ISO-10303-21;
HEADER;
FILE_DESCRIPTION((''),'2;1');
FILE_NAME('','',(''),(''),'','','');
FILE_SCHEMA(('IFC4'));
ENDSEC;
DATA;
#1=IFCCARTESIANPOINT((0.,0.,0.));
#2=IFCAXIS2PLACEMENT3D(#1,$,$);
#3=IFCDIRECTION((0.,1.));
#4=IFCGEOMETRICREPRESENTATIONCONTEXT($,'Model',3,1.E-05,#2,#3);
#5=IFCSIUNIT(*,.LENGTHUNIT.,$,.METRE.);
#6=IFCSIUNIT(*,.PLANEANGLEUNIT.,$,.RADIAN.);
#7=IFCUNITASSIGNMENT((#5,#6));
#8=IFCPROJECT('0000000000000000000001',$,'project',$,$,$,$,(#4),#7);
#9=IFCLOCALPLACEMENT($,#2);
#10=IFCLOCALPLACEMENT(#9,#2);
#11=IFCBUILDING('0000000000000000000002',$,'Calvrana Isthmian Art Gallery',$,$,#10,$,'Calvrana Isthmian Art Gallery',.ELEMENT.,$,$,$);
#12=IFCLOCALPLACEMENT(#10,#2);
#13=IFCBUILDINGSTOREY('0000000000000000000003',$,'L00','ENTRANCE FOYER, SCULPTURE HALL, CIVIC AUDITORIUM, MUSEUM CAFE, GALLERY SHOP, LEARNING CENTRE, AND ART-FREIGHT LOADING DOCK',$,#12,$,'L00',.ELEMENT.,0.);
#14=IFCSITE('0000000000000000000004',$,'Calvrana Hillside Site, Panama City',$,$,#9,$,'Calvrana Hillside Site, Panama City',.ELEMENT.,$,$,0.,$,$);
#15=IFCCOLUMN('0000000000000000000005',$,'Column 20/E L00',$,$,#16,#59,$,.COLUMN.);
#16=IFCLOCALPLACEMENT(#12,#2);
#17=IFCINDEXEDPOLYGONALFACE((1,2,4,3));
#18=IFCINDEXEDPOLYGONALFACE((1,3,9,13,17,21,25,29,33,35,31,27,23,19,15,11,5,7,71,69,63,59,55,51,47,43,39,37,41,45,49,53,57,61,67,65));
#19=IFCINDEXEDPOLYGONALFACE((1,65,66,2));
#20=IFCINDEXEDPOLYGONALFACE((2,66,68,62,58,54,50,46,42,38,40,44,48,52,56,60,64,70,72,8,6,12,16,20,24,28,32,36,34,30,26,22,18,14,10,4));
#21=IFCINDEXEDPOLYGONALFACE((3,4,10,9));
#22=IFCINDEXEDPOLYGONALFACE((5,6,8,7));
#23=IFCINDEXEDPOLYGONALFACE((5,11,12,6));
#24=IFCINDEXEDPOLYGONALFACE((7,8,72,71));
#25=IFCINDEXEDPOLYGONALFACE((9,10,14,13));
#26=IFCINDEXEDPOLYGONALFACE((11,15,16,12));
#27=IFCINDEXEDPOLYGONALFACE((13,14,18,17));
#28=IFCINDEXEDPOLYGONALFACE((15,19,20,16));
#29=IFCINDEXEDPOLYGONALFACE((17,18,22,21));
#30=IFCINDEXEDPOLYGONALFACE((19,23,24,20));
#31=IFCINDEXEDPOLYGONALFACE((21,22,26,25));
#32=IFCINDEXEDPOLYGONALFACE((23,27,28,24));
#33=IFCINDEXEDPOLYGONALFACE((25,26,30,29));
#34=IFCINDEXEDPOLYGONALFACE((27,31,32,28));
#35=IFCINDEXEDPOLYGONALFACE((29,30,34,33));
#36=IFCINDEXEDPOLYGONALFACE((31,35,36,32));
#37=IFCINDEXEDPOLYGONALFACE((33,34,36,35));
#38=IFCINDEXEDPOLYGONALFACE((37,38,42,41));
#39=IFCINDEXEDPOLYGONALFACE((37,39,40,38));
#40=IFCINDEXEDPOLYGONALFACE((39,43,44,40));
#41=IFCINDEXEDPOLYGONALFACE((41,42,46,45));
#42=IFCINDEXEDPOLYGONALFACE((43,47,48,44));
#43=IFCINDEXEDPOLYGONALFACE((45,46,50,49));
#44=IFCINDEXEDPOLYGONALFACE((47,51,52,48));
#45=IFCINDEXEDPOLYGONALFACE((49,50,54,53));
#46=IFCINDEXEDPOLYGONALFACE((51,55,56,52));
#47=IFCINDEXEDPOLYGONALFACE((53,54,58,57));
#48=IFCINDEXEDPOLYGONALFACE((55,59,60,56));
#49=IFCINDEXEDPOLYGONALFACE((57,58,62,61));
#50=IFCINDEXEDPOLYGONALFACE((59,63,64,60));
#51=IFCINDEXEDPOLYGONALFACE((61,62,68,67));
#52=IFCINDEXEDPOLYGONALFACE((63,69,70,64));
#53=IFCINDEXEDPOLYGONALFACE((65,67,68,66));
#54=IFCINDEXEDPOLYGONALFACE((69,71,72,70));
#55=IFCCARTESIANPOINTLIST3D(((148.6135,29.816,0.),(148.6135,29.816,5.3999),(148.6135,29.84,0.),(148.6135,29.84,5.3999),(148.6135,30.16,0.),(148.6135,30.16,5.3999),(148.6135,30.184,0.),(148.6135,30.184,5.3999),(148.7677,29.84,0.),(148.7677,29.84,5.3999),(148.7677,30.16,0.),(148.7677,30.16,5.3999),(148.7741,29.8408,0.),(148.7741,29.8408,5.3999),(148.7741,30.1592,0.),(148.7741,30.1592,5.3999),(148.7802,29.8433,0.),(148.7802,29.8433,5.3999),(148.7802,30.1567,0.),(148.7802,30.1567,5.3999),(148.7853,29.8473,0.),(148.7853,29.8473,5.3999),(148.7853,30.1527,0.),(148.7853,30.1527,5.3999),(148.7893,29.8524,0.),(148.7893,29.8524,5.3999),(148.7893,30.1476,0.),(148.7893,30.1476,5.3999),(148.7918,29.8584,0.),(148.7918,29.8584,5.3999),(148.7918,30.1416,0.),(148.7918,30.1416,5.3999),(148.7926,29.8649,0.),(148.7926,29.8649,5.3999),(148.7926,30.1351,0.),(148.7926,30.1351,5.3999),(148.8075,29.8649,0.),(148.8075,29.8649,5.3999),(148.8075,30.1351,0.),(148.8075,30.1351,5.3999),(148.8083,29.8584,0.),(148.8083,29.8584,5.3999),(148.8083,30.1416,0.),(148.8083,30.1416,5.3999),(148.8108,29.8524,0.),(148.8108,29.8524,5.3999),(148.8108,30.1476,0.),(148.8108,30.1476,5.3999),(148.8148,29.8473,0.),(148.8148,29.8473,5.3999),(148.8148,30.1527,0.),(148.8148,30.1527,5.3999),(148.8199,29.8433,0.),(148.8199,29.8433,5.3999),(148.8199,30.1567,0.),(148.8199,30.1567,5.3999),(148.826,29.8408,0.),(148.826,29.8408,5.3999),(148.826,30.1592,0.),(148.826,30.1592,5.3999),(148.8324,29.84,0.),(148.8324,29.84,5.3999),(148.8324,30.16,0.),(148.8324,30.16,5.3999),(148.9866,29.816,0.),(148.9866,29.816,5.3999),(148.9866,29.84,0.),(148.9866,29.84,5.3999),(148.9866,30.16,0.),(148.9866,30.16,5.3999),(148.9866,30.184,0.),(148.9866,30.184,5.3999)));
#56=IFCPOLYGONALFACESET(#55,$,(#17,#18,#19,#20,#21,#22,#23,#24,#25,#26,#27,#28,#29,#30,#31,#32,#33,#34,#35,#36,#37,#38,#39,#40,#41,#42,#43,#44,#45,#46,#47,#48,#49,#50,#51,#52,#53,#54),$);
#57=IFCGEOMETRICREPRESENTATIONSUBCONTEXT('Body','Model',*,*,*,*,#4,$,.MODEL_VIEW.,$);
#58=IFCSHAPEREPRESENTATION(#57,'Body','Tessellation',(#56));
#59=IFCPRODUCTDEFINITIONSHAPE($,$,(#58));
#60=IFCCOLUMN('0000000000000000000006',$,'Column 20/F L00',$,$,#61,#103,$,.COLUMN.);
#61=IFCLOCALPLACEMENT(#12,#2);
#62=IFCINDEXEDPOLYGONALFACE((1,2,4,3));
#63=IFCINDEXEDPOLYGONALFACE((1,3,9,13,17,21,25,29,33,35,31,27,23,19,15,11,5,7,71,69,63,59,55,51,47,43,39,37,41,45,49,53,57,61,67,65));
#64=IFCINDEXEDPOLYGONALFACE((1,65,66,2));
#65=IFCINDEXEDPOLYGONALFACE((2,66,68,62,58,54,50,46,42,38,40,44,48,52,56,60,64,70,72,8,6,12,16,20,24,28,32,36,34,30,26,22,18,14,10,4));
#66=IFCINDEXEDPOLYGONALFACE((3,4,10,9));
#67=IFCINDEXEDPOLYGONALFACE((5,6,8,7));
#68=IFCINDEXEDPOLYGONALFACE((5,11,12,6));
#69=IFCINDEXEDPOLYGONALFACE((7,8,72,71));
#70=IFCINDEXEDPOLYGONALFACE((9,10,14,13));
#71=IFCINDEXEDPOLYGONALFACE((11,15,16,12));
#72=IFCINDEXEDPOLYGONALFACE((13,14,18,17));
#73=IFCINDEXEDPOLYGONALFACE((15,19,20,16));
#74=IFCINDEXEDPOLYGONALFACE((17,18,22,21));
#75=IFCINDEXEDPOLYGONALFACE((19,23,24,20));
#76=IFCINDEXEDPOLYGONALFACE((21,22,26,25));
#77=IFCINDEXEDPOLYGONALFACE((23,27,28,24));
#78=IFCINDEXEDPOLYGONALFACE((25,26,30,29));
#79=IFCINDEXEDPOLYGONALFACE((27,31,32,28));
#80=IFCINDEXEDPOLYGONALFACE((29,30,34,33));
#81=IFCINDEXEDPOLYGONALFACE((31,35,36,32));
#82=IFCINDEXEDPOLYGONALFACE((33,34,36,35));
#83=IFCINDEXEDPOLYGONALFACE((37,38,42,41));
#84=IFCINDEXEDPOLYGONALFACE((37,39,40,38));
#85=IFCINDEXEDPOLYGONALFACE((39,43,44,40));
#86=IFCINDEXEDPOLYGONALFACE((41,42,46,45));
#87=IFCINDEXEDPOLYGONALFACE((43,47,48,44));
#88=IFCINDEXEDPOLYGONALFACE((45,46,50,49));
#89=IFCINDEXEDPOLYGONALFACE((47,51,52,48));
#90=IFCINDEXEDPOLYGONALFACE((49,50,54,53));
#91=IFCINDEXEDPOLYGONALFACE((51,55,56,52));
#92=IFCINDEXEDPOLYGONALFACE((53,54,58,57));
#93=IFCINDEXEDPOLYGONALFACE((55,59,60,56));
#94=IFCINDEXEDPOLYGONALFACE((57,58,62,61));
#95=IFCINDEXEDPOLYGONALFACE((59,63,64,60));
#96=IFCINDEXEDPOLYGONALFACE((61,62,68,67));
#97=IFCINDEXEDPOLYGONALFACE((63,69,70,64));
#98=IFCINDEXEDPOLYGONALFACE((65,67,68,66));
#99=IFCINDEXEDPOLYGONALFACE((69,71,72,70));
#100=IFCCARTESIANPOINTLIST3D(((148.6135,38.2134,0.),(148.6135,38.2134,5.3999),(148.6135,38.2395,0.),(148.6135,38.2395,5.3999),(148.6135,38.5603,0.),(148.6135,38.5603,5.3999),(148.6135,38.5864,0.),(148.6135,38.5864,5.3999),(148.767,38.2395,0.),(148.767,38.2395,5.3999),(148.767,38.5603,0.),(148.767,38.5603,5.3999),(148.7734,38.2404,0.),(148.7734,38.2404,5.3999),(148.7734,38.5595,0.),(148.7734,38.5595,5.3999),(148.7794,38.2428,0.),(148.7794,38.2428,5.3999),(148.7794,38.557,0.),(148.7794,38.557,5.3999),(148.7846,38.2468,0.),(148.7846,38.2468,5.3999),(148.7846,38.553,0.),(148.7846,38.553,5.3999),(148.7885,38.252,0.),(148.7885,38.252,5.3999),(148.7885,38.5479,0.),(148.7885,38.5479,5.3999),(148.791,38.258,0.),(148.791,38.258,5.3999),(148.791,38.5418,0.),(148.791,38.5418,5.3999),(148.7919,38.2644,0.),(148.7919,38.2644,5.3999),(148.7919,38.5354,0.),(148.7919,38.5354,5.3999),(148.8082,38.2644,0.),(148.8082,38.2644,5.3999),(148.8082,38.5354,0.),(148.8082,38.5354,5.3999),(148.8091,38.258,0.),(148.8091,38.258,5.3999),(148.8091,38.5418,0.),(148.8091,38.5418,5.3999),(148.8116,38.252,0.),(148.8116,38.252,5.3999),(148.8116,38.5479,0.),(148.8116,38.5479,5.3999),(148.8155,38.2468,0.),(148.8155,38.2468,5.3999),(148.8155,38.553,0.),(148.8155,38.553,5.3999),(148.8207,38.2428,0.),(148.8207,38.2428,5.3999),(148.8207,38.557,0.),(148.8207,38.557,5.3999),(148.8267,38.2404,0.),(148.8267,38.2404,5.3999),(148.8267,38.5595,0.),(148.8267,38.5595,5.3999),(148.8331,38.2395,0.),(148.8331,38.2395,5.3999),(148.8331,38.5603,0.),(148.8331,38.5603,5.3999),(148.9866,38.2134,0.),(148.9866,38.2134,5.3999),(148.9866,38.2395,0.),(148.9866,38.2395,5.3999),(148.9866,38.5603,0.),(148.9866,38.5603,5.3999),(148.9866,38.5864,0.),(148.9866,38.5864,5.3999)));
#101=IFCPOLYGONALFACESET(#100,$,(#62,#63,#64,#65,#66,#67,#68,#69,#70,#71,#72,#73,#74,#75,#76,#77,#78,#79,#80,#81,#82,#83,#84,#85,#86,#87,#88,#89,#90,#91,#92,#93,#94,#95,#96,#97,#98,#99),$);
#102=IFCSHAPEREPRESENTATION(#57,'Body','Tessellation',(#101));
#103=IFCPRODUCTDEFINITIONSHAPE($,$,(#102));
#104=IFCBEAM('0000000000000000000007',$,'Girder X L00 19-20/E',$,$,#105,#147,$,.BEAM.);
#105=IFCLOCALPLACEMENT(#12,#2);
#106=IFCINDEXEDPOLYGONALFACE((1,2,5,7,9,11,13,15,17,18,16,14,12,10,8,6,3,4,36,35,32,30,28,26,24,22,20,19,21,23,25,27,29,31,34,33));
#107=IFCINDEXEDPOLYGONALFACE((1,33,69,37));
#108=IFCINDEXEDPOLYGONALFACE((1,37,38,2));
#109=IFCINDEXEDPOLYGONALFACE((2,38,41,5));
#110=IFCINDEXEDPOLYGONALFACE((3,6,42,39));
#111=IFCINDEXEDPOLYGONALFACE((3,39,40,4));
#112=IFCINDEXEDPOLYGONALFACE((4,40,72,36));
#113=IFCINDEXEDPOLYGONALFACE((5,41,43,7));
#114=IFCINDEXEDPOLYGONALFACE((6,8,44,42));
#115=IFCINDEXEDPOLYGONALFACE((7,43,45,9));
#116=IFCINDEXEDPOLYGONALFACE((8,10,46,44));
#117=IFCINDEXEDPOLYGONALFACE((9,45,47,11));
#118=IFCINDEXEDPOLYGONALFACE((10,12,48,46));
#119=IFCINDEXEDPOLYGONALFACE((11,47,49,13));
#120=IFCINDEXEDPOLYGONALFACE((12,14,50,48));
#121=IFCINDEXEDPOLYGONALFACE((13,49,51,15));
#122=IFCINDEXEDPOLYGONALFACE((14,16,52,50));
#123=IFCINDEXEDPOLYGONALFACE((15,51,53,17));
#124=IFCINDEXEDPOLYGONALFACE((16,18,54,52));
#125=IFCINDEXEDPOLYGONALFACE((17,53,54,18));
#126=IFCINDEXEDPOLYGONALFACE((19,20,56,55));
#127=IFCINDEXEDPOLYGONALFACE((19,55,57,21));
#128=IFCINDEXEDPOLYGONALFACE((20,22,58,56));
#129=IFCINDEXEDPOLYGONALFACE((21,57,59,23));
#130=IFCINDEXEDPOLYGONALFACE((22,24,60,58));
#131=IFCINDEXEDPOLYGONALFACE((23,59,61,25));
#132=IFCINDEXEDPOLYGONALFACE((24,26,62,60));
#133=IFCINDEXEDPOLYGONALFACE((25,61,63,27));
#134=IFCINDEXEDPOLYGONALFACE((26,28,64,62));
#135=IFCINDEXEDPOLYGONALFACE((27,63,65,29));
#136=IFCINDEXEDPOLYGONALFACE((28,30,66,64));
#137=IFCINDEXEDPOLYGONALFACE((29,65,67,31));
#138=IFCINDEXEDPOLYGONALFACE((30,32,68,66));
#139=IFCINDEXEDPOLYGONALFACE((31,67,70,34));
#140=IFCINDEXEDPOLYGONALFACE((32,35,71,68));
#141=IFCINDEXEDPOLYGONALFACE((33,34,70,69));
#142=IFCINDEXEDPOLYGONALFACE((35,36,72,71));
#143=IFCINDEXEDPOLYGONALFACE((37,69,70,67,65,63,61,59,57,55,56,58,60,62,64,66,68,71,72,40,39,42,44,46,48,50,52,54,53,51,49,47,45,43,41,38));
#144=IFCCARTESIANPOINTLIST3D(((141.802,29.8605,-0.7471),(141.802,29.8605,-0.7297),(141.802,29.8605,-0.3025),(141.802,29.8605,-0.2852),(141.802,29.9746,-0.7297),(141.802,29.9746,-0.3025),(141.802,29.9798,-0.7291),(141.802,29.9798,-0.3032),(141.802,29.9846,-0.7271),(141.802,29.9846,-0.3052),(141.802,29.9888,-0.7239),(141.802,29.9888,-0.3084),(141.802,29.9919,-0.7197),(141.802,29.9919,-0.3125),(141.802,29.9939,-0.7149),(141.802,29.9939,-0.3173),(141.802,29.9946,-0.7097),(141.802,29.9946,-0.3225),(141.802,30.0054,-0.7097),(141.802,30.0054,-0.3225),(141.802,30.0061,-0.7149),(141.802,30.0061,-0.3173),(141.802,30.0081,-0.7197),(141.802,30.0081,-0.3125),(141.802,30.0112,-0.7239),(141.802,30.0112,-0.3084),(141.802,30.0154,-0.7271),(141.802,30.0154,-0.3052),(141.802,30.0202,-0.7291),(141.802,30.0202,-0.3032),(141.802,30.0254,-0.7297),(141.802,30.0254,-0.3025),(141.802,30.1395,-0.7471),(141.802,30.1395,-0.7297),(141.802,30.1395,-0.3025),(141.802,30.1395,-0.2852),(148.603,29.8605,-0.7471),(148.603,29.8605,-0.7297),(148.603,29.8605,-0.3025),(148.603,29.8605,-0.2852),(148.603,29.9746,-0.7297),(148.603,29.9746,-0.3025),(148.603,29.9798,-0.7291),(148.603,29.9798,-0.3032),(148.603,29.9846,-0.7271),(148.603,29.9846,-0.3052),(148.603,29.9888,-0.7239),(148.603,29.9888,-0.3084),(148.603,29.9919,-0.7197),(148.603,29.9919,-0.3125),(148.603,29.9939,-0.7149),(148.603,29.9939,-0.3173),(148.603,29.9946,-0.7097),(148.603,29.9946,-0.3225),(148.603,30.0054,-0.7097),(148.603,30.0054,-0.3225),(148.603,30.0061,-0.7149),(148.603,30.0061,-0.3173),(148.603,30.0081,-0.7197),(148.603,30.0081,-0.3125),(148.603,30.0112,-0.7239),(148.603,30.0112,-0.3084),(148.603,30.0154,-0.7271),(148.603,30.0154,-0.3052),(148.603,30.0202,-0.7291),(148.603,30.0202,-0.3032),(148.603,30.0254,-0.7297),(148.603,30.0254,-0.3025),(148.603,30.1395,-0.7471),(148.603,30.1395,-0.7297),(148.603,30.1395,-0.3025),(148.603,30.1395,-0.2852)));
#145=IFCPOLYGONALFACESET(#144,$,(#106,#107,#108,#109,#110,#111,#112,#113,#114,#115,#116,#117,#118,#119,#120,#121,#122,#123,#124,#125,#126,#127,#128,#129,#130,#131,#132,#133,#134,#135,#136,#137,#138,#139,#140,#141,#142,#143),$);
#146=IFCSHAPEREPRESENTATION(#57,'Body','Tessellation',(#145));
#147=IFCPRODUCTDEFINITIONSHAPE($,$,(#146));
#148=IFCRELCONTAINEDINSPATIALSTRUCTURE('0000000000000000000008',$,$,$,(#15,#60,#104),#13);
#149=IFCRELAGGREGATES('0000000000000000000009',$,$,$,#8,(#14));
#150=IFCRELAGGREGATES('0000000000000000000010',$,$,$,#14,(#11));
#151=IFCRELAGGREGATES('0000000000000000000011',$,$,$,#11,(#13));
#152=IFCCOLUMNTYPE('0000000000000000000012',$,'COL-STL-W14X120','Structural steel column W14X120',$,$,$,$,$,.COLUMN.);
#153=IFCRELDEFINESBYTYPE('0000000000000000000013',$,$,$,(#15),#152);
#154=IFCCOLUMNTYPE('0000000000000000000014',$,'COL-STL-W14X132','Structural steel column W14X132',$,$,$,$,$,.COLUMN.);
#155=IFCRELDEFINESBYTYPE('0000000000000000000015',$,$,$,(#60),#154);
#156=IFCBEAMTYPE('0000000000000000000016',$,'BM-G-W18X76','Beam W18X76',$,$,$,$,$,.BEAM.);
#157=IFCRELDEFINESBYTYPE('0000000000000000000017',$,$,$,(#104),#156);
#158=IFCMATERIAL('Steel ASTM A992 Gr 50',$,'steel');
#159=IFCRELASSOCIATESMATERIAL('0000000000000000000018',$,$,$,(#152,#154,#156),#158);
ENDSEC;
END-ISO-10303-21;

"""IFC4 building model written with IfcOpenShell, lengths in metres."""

from ifc_helpers import new_model, si_unit, direction, frame, origin, origin_2d, place, context, subcontext, project, spatial, i_section, extrude, material, material_profile, profile_set, type_object, element, save


model = new_model("IFC4")

# Units and contexts
model_context = context("Model", 3, precision=1e-05, world=origin(), true_north=direction((0.0, 1.0)))
body_context = subcontext(model_context, "Body", "Model", "MODEL_VIEW")
ifc_project = project(units=[si_unit("LENGTHUNIT", "METRE"), si_unit("PLANEANGLEUNIT", "RADIAN")], contexts=[model_context])

# Site, building, storey
site_placement = place(None, origin())
site = spatial("IfcSite", under=ifc_project, at=site_placement, Name="Calvrana Hillside Site, Panama City", LongName="Calvrana Hillside Site, Panama City", CompositionType="ELEMENT", RefElevation=0.0)
building_placement = place(site_placement, origin())
building = spatial("IfcBuilding", under=site, at=building_placement, Name="Calvrana Isthmian Art Gallery", LongName="Calvrana Isthmian Art Gallery", CompositionType="ELEMENT")
storey_placement = place(building_placement, origin())
storey = spatial("IfcBuildingStorey", under=building, at=storey_placement, Name="L00", Description="ENTRANCE FOYER, SCULPTURE HALL, CIVIC AUDITORIUM, MUSEUM CAFE, GALLERY SHOP, LEARNING CENTRE, AND ART-FREIGHT LOADING DOCK", LongName="L00", CompositionType="ELEMENT", Elevation=0.0)

# Columns
ifc_material_1 = material(Name="Steel ASTM A992 Gr 50", Category="steel")
ifc_material_profile_1 = material_profile(ifc_material_1, i_section(OverallWidth=0.373, OverallDepth=0.3679, WebThickness=0.0149, FlangeThickness=0.0239, FilletRadius=0.0249, at=origin_2d()), Name="W14X120")
ifc_profile_set_1 = profile_set([ifc_material_profile_1], Name="Steel ASTM A992 Gr 50")
column_type_1 = type_object("IfcColumnType", Name="COL-STL-W14X120", Description="Structural steel column W14X120", PredefinedType="COLUMN", material=ifc_profile_set_1)
column_1_placement = place(storey_placement, frame((148.8, 30.0, 0.0), z_axis=(0.0, 0.0, 1.0), x_axis=(1.0, 0.0, 0.0)))
element("IfcColumn", 1, at=column_1_placement, inside=storey, type_object=column_type_1, Name="Column 20/E L00", PredefinedType="COLUMN", context=body_context, shape_type="SweptSolid", body=[
    extrude(i_section(OverallWidth=0.373, OverallDepth=0.3679, WebThickness=0.0149, FlangeThickness=0.0239, FilletRadius=0.0249, at=origin_2d()), origin(), (0.0, 0.0, 1.0), 5.3999),
])
ifc_material_profile_2 = material_profile(ifc_material_1, i_section(OverallWidth=0.373, OverallDepth=0.373, WebThickness=0.0164, FlangeThickness=0.0261, FilletRadius=0.0249, at=origin_2d()), Name="W14X132")
ifc_profile_set_2 = profile_set([ifc_material_profile_2], Name="Steel ASTM A992 Gr 50")
column_type_2 = type_object("IfcColumnType", Name="COL-STL-W14X132", Description="Structural steel column W14X132", PredefinedType="COLUMN", material=ifc_profile_set_2)
column_2_placement = place(storey_placement, frame((148.8, 38.3999, 0.0), z_axis=(0.0, 0.0, 1.0), x_axis=(1.0, 0.0, 0.0)))
element("IfcColumn", 2, at=column_2_placement, inside=storey, type_object=column_type_2, Name="Column 20/F L00", PredefinedType="COLUMN", context=body_context, shape_type="SweptSolid", body=[
    extrude(i_section(OverallWidth=0.373, OverallDepth=0.373, WebThickness=0.0164, FlangeThickness=0.0261, FilletRadius=0.0249, at=origin_2d()), origin(), (0.0, 0.0, 1.0), 5.3999),
])

# Beam
ifc_material_profile_3 = material_profile(ifc_material_1, i_section(OverallWidth=0.2791, OverallDepth=0.4619, WebThickness=0.0107, FlangeThickness=0.0173, FilletRadius=0.02, at=origin_2d()), Name="W18X76")
ifc_profile_set_3 = profile_set([ifc_material_profile_3], Name="Steel ASTM A992 Gr 50")
beam_type_1 = type_object("IfcBeamType", Name="BM-G-W18X76", Description="Beam W18X76", PredefinedType="BEAM", material=ifc_profile_set_3)
beam_1_placement = place(storey_placement, frame((141.802, 30.0, -0.5161), z_axis=(1.0, 0.0, 0.0), x_axis=(0.0, 1.0, 0.0)))
element("IfcBeam", 3, at=beam_1_placement, inside=storey, type_object=beam_type_1, Name="Girder X L00 19-20/E", PredefinedType="BEAM", context=body_context, shape_type="SweptSolid", body=[
    extrude(i_section(OverallWidth=0.2791, OverallDepth=0.4619, WebThickness=0.0107, FlangeThickness=0.0173, FilletRadius=0.02, at=origin_2d()), origin(), (0.0, 0.0, 1.0), 6.801),
])

save(model, "model.ifc")
